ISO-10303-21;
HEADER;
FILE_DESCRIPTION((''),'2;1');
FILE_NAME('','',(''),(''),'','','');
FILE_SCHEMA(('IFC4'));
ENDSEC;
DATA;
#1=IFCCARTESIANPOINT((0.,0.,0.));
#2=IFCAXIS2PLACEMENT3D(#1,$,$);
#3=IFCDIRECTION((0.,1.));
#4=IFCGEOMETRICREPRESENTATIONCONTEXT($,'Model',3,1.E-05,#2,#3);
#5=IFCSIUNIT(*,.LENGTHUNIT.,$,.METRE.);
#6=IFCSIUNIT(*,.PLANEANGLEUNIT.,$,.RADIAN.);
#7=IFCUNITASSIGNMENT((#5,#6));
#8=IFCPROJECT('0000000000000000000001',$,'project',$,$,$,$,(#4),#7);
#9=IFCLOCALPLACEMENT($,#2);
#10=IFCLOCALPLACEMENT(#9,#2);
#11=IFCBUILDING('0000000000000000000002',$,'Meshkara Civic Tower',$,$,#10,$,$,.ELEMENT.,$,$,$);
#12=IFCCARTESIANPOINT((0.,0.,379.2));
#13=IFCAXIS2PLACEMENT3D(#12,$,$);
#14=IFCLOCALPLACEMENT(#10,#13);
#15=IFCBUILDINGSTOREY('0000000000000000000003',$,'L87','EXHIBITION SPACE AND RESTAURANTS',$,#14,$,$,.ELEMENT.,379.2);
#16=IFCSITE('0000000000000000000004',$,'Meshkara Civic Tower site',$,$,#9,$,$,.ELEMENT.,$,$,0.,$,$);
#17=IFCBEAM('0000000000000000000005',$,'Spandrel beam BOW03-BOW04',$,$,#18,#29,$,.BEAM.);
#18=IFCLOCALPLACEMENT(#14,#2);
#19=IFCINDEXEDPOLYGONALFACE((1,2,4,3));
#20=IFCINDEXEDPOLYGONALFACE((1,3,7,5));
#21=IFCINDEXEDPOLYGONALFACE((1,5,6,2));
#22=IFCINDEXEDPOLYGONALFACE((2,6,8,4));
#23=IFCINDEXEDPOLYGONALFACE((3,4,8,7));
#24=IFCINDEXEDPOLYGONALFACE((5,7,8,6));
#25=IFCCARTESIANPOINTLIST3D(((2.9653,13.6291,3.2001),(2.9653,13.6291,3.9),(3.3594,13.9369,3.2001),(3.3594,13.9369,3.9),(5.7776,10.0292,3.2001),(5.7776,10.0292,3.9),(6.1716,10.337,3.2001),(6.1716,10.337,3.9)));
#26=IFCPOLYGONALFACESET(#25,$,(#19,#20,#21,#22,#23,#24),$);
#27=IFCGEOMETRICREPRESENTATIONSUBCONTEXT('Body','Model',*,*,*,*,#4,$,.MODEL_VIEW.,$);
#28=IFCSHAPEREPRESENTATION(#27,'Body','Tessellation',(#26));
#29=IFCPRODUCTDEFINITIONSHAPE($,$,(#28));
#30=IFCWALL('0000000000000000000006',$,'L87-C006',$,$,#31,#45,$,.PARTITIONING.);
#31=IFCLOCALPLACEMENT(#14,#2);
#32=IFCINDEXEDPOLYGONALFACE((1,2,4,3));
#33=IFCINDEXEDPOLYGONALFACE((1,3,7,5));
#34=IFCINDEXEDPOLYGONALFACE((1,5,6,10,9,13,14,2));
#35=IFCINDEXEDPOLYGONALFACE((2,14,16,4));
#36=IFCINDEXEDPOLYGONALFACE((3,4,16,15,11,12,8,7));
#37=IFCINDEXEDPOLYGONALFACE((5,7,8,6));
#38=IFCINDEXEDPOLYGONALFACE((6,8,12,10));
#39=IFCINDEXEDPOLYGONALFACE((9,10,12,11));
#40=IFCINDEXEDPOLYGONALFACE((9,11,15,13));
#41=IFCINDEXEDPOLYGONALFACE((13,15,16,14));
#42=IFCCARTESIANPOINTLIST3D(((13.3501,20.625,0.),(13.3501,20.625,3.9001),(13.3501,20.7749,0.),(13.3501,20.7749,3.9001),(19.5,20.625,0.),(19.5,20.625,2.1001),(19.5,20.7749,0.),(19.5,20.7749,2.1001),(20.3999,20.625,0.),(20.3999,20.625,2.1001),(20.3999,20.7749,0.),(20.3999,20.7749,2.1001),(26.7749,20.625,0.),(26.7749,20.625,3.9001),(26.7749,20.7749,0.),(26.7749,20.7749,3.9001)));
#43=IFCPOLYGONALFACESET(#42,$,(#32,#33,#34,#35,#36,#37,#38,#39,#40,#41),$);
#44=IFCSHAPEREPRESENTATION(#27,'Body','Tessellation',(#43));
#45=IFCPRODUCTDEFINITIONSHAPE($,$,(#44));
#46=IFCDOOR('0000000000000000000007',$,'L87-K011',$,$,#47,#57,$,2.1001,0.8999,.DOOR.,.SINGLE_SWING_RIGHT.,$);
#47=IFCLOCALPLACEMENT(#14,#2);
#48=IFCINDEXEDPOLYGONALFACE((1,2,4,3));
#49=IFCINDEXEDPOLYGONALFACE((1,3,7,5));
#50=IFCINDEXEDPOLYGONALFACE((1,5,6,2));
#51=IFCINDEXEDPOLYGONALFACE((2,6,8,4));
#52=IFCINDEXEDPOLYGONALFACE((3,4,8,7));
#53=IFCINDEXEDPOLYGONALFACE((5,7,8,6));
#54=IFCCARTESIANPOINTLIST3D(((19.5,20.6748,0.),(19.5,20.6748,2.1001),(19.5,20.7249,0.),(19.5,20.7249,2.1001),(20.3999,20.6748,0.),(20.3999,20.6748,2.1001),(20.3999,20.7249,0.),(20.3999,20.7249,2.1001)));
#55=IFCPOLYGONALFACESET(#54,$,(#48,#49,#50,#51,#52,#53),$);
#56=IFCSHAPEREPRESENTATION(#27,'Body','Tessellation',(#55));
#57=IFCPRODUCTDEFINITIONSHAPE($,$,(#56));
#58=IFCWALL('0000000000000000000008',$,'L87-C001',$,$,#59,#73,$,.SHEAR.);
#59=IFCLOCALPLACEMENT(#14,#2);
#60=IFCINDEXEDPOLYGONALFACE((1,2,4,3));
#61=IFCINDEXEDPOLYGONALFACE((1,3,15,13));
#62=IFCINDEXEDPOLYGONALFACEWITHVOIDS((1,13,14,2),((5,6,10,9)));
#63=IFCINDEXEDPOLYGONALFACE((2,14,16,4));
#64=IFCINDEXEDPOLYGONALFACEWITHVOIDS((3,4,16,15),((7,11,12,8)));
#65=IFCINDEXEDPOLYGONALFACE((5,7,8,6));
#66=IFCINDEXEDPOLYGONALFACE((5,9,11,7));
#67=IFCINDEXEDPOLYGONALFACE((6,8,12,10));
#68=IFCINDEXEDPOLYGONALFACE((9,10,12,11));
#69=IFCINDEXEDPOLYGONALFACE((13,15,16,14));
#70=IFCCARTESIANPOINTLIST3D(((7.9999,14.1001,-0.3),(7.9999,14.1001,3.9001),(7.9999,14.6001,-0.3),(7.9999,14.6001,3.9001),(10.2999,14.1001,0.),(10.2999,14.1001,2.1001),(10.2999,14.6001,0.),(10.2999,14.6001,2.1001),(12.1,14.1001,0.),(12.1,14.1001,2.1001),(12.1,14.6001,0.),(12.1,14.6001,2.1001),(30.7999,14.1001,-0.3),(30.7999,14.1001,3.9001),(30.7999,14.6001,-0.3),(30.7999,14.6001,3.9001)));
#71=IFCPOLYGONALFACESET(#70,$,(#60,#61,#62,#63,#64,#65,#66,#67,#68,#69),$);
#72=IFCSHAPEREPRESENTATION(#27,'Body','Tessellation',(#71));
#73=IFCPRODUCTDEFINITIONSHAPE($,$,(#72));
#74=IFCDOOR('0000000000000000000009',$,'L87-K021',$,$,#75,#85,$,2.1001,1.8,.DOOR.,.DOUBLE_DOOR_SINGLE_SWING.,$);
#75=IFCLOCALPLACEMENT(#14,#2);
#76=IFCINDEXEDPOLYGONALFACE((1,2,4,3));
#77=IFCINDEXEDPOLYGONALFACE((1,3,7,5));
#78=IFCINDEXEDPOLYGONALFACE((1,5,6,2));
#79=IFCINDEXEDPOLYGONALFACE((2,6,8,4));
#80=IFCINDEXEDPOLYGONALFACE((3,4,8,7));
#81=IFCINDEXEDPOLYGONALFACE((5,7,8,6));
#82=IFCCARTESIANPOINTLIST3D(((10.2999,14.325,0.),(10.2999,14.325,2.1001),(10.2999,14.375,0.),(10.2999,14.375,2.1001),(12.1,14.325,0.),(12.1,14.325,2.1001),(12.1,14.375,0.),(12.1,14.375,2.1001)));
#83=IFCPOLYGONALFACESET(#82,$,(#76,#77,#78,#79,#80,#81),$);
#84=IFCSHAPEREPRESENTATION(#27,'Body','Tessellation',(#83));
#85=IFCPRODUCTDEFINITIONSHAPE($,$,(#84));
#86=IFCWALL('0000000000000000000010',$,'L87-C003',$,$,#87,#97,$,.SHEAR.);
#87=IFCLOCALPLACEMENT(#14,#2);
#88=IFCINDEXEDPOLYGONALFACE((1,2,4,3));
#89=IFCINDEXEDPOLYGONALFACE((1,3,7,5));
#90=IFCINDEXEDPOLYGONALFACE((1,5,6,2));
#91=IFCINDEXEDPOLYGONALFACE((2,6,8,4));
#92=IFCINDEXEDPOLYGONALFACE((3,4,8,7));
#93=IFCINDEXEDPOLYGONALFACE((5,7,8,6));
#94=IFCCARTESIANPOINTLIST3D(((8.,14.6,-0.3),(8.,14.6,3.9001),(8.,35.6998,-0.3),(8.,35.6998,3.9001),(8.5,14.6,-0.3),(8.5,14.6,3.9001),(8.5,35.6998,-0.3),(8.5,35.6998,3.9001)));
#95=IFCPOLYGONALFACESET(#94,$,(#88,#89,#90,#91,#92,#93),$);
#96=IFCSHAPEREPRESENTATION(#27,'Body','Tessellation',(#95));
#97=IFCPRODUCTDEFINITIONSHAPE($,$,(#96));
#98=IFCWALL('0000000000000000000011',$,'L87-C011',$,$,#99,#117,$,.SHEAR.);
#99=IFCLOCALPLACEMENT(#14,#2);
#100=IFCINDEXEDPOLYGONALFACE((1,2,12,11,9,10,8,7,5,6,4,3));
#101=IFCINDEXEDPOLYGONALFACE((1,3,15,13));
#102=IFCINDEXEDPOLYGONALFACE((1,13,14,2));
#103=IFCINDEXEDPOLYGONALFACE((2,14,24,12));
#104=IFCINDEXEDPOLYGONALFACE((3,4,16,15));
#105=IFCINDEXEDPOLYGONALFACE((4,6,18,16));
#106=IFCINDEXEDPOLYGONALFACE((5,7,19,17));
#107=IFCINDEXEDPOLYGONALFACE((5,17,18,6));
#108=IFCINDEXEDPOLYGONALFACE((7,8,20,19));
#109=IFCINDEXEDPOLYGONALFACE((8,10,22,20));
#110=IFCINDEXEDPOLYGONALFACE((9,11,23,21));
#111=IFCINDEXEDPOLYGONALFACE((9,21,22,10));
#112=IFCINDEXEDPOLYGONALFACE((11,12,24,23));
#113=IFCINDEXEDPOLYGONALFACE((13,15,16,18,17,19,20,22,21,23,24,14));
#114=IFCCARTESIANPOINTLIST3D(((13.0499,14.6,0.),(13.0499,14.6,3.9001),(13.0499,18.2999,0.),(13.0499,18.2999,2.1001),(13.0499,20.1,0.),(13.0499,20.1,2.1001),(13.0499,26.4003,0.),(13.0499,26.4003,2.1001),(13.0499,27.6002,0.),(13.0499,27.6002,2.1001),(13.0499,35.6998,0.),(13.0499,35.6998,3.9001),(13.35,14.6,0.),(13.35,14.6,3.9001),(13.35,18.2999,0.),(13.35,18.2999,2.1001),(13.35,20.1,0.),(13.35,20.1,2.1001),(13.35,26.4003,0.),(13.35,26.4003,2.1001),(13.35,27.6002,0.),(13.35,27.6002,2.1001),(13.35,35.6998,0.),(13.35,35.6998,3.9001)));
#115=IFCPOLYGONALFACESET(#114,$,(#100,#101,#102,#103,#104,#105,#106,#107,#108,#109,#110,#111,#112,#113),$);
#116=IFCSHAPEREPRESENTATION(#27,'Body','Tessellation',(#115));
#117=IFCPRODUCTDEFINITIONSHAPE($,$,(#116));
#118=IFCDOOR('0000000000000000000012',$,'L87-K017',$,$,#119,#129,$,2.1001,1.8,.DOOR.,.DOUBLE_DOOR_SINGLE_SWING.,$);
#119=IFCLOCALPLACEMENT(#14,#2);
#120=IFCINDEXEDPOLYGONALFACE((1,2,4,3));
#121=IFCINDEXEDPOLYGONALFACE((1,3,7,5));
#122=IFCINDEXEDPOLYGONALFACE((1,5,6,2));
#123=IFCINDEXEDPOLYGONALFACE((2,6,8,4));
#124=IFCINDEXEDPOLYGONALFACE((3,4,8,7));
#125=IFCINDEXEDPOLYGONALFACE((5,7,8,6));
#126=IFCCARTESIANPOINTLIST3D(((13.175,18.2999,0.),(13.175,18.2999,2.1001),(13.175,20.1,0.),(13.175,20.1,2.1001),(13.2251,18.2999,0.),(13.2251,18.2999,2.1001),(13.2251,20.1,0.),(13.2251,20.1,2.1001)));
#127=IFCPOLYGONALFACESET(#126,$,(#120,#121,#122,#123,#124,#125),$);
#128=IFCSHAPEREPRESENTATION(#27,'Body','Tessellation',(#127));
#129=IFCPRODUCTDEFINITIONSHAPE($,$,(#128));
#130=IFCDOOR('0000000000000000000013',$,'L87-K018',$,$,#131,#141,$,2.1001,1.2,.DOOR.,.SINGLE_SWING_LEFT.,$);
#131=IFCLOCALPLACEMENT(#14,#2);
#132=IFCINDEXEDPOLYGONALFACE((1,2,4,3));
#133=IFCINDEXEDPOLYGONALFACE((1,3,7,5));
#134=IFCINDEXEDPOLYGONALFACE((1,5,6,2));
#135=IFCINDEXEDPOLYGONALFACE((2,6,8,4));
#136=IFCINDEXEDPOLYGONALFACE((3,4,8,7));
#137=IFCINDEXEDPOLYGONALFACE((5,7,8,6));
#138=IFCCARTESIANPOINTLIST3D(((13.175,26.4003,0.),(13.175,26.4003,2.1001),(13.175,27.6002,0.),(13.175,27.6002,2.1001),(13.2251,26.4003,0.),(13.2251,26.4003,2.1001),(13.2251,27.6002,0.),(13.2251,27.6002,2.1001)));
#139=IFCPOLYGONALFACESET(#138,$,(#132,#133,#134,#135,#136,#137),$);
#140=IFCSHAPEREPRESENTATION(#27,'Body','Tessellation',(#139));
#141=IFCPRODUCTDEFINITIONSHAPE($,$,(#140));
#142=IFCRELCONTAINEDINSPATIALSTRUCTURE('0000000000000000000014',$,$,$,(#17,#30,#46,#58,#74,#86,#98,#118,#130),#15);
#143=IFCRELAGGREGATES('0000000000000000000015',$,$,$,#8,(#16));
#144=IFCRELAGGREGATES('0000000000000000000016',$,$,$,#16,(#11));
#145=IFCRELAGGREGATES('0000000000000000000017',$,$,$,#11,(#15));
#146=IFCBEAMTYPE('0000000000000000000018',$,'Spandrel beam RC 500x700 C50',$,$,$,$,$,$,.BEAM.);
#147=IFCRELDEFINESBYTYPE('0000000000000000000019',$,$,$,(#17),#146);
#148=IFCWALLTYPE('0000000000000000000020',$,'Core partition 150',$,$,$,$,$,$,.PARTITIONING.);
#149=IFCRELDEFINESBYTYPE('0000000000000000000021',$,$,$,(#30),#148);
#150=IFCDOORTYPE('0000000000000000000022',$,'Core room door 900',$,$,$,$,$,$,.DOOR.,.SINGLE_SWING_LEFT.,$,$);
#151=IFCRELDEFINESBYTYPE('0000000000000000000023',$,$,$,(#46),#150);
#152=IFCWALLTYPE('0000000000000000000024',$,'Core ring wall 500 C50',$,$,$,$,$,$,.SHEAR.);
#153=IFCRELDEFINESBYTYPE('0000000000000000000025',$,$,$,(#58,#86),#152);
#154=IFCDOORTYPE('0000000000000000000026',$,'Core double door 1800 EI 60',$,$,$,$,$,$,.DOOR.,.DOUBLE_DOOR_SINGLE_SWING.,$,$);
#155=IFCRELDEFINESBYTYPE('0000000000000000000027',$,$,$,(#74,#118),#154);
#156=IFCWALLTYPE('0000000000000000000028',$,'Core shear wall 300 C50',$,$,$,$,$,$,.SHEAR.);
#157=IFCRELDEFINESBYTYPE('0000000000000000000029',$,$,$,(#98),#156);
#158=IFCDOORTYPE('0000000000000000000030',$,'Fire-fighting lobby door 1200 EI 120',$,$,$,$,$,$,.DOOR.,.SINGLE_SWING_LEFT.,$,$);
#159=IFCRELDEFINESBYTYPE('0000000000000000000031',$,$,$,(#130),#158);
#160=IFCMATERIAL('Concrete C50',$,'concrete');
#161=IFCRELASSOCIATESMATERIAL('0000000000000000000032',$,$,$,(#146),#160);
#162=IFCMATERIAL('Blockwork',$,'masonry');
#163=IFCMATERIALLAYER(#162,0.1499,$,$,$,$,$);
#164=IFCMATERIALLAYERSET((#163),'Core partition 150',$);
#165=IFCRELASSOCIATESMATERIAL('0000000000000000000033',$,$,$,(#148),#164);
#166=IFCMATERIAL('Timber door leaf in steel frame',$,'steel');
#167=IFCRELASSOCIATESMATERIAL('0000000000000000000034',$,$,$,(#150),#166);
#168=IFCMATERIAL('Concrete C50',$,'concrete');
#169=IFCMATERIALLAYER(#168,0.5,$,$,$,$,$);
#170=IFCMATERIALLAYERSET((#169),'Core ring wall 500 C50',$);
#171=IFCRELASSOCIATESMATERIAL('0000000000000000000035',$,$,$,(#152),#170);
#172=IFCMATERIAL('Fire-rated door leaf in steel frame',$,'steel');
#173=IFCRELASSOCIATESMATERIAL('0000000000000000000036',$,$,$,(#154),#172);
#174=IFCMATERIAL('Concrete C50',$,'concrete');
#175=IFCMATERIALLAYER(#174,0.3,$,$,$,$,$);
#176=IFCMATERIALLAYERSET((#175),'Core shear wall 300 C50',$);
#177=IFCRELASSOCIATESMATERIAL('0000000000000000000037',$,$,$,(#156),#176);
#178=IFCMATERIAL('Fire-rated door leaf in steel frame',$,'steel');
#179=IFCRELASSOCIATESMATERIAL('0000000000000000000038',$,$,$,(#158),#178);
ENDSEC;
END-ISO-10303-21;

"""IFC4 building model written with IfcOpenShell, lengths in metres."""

from ifc_helpers import new_model, si_unit, direction, frame, frame_2d, origin, origin_2d, place, context, subcontext, project, spatial, rectangle, extrude, material, layer, layer_set, material_profile, profile_set, type_object, element, fill, save


model = new_model("IFC4")

# Units and contexts
model_context = context("Model", 3, precision=1e-05, world=origin(), true_north=direction((0.0, 1.0)))
body_context = subcontext(model_context, "Body", "Model", "MODEL_VIEW")
ifc_project = project(units=[si_unit("LENGTHUNIT", "METRE"), si_unit("PLANEANGLEUNIT", "RADIAN")], contexts=[model_context])

# Site, building, storey
site_placement = place(None, origin())
site = spatial("IfcSite", under=ifc_project, at=site_placement, Name="Meshkara Civic Tower site", CompositionType="ELEMENT", RefElevation=0.0)
building_placement = place(site_placement, origin())
building = spatial("IfcBuilding", under=site, at=building_placement, Name="Meshkara Civic Tower", CompositionType="ELEMENT")
storey_placement = place(building_placement, frame((0.0, 0.0, 379.2)))
storey = spatial("IfcBuildingStorey", under=building, at=storey_placement, Name="L87", Description="EXHIBITION SPACE AND RESTAURANTS", CompositionType="ELEMENT", Elevation=379.2)

# Beam
ifc_material_1 = material(Name="Concrete C50", Category="concrete")
ifc_material_profile = material_profile(ifc_material_1, rectangle(XDim=0.5, YDim=0.7, at=origin_2d()))
ifc_profile_set = profile_set([ifc_material_profile], Name="Concrete C50")
beam_type = type_object("IfcBeamType", Name="Spandrel beam RC 500x700 C50", PredefinedType="BEAM", material=ifc_profile_set)
beam_placement = place(storey_placement, frame((3.1624, 13.783, 3.55), z_axis=(0.615626, -0.788038, 0.0), x_axis=(0.788038, 0.615626, 0.0)))
element("IfcBeam", 1, at=beam_placement, inside=storey, type_object=beam_type, Name="Spandrel beam BOW03-BOW04", PredefinedType="BEAM", context=body_context, shape_type="SweptSolid", body=[
    extrude(rectangle(XDim=0.5, YDim=0.7, at=origin_2d()), origin(), (0.0, 0.0, 1.0), 4.5681),
])

# Walls, openings, doors
ifc_material_2 = material(Name="Blockwork", Category="masonry")
ifc_layer_1 = layer(ifc_material_2, 0.1499)
ifc_layer_set_1 = layer_set([ifc_layer_1], Name="Core partition 150")
wall_type_1 = type_object("IfcWallType", Name="Core partition 150", PredefinedType="PARTITIONING", material=ifc_layer_set_1)
wall_1_placement = place(storey_placement, frame((13.3501, 20.7, 0.0), z_axis=(0.0, 0.0, 1.0), x_axis=(1.0, 0.0, 0.0)))
wall_1 = element("IfcWall", 2, at=wall_1_placement, inside=storey, type_object=wall_type_1, Name="L87-C006", PredefinedType="PARTITIONING", context=body_context, shape_type="SweptSolid", body=[
    extrude(rectangle(XDim=13.4248, YDim=0.1499, at=frame_2d((6.7124, 0.0))), origin(), (0.0, 0.0, 1.0), 3.9001),
])
opening_1_placement = place(wall_1_placement, frame((6.1499, 0.0, 0.0)))
opening_1 = element("IfcOpeningElement", 3, at=opening_1_placement, cuts=wall_1, PredefinedType="OPENING", context=body_context, shape_type="SweptSolid", body=[
    extrude(rectangle(XDim=0.8999, YDim=2.1001, at=frame_2d((0.45, 1.05))), frame((0.0, 0.085, 0.0), z_axis=(0.0, -1.0, 0.0), x_axis=(1.0, 0.0, 0.0)), (0.0, 0.0, 1.0), 0.1699),
])
ifc_material_3 = material(Name="Timber door leaf in steel frame", Category="steel")
door_type_1 = type_object("IfcDoorType", Name="Core room door 900", OperationType="SINGLE_SWING_LEFT", PredefinedType="DOOR", material=ifc_material_3)
door_1_placement = place(opening_1_placement, origin())
door_1 = element("IfcDoor", 4, at=door_1_placement, inside=storey, type_object=door_type_1, Name="L87-K011", OperationType="SINGLE_SWING_RIGHT", OverallHeight=2.1001, OverallWidth=0.8999, PredefinedType="DOOR", context=body_context, shape_type="SweptSolid", body=[
    extrude(rectangle(XDim=0.8999, YDim=2.1001, at=frame_2d((0.45, 1.05))), frame((0.0, 0.0249, 0.0), z_axis=(0.0, -1.0, 0.0), x_axis=(1.0, 0.0, 0.0)), (0.0, 0.0, 1.0), 0.05),
])
fill(opening_1, door_1)
ifc_material_4 = material(Name="Concrete C50", Category="concrete")
ifc_layer_2 = layer(ifc_material_4, 0.5)
ifc_layer_set_2 = layer_set([ifc_layer_2], Name="Core ring wall 500 C50")
wall_type_2 = type_object("IfcWallType", Name="Core ring wall 500 C50", PredefinedType="SHEAR", material=ifc_layer_set_2)
wall_2_placement = place(storey_placement, frame((8.0, 14.3501, -0.3), z_axis=(0.0, 0.0, 1.0), x_axis=(1.0, 0.0, 0.0)))
wall_2 = element("IfcWall", 5, at=wall_2_placement, inside=storey, type_object=wall_type_2, Name="L87-C001", PredefinedType="SHEAR", context=body_context, shape_type="SweptSolid", body=[
    extrude(rectangle(XDim=22.8, YDim=0.5, at=frame_2d((11.3999, 0.0))), origin(), (0.0, 0.0, 1.0), 4.2002),
])
opening_2_placement = place(wall_2_placement, frame((2.3, 0.0, 0.3)))
opening_2 = element("IfcOpeningElement", 6, at=opening_2_placement, cuts=wall_2, PredefinedType="OPENING", context=body_context, shape_type="SweptSolid", body=[
    extrude(rectangle(XDim=1.8, YDim=2.1001, at=frame_2d((0.8999, 1.05))), frame((0.0, 0.26, 0.0), z_axis=(0.0, -1.0, 0.0), x_axis=(1.0, 0.0, 0.0)), (0.0, 0.0, 1.0), 0.52),
])
ifc_material_5 = material(Name="Fire-rated door leaf in steel frame", Category="steel")
door_type_2 = type_object("IfcDoorType", Name="Core double door 1800 EI 60", OperationType="DOUBLE_DOOR_SINGLE_SWING", PredefinedType="DOOR", material=ifc_material_5)
door_2_placement = place(opening_2_placement, origin())
door_2 = element("IfcDoor", 7, at=door_2_placement, inside=storey, type_object=door_type_2, Name="L87-K021", OperationType="DOUBLE_DOOR_SINGLE_SWING", OverallHeight=2.1001, OverallWidth=1.8, PredefinedType="DOOR", context=body_context, shape_type="SweptSolid", body=[
    extrude(rectangle(XDim=1.8, YDim=2.1001, at=frame_2d((0.8999, 1.05))), frame((0.0, 0.0249, 0.0), z_axis=(0.0, -1.0, 0.0), x_axis=(1.0, 0.0, 0.0)), (0.0, 0.0, 1.0), 0.05),
])
fill(opening_2, door_2)

# Wall
wall_3_placement = place(storey_placement, frame((8.25, 14.6001, -0.3), z_axis=(0.0, 0.0, 1.0), x_axis=(0.0, 1.0, 0.0)))
element("IfcWall", 8, at=wall_3_placement, inside=storey, type_object=wall_type_2, Name="L87-C003", PredefinedType="SHEAR", context=body_context, shape_type="SweptSolid", body=[
    extrude(rectangle(XDim=21.0999, YDim=0.5, at=frame_2d((10.5498, 0.0))), origin(), (0.0, 0.0, 1.0), 4.2002),
])

# Wall, openings, doors
ifc_material_6 = material(Name="Concrete C50", Category="concrete")
ifc_layer_3 = layer(ifc_material_6, 0.3)
ifc_layer_set_3 = layer_set([ifc_layer_3], Name="Core shear wall 300 C50")
wall_type_3 = type_object("IfcWallType", Name="Core shear wall 300 C50", PredefinedType="SHEAR", material=ifc_layer_set_3)
wall_4_placement = place(storey_placement, frame((13.2, 14.6001, 0.0), z_axis=(0.0, 0.0, 1.0), x_axis=(0.0, 1.0, 0.0)))
wall_4 = element("IfcWall", 9, at=wall_4_placement, inside=storey, type_object=wall_type_3, Name="L87-C011", PredefinedType="SHEAR", context=body_context, shape_type="SweptSolid", body=[
    extrude(rectangle(XDim=21.0999, YDim=0.3, at=frame_2d((10.5498, 0.0))), origin(), (0.0, 0.0, 1.0), 3.9001),
])
opening_3_placement = place(wall_4_placement, frame((3.7, 0.0, 0.0)))
opening_3 = element("IfcOpeningElement", 10, at=opening_3_placement, cuts=wall_4, PredefinedType="OPENING", context=body_context, shape_type="SweptSolid", body=[
    extrude(rectangle(XDim=1.8, YDim=2.1001, at=frame_2d((0.8999, 1.05))), frame((0.0, 0.1599, 0.0), z_axis=(0.0, -1.0, 0.0), x_axis=(1.0, 0.0, 0.0)), (0.0, 0.0, 1.0), 0.3201),
])
opening_4_placement = place(wall_4_placement, frame((11.8, 0.0, 0.0)))
opening_4 = element("IfcOpeningElement", 11, at=opening_4_placement, cuts=wall_4, PredefinedType="OPENING", context=body_context, shape_type="SweptSolid", body=[
    extrude(rectangle(XDim=1.2, YDim=2.1001, at=frame_2d((0.6001, 1.05))), frame((0.0, 0.1599, 0.0), z_axis=(0.0, -1.0, 0.0), x_axis=(1.0, 0.0, 0.0)), (0.0, 0.0, 1.0), 0.3201),
])
door_3_placement = place(opening_3_placement, origin())
door_3 = element("IfcDoor", 12, at=door_3_placement, inside=storey, type_object=door_type_2, Name="L87-K017", OperationType="DOUBLE_DOOR_SINGLE_SWING", OverallHeight=2.1001, OverallWidth=1.8, PredefinedType="DOOR", context=body_context, shape_type="SweptSolid", body=[
    extrude(rectangle(XDim=1.8, YDim=2.1001, at=frame_2d((0.8999, 1.05))), frame((0.0, 0.0249, 0.0), z_axis=(0.0, -1.0, 0.0), x_axis=(1.0, 0.0, 0.0)), (0.0, 0.0, 1.0), 0.05),
])
fill(opening_3, door_3)
ifc_material_7 = material(Name="Fire-rated door leaf in steel frame", Category="steel")
door_type_3 = type_object("IfcDoorType", Name="Fire-fighting lobby door 1200 EI 120", OperationType="SINGLE_SWING_LEFT", PredefinedType="DOOR", material=ifc_material_7)
door_4_placement = place(opening_4_placement, origin())
door_4 = element("IfcDoor", 13, at=door_4_placement, inside=storey, type_object=door_type_3, Name="L87-K018", OperationType="SINGLE_SWING_LEFT", OverallHeight=2.1001, OverallWidth=1.2, PredefinedType="DOOR", context=body_context, shape_type="SweptSolid", body=[
    extrude(rectangle(XDim=1.2, YDim=2.1001, at=frame_2d((0.6001, 1.05))), frame((0.0, 0.0249, 0.0), z_axis=(0.0, -1.0, 0.0), x_axis=(1.0, 0.0, 0.0)), (0.0, 0.0, 1.0), 0.05),
])
fill(opening_4, door_4)

save(model, "model.ifc")
